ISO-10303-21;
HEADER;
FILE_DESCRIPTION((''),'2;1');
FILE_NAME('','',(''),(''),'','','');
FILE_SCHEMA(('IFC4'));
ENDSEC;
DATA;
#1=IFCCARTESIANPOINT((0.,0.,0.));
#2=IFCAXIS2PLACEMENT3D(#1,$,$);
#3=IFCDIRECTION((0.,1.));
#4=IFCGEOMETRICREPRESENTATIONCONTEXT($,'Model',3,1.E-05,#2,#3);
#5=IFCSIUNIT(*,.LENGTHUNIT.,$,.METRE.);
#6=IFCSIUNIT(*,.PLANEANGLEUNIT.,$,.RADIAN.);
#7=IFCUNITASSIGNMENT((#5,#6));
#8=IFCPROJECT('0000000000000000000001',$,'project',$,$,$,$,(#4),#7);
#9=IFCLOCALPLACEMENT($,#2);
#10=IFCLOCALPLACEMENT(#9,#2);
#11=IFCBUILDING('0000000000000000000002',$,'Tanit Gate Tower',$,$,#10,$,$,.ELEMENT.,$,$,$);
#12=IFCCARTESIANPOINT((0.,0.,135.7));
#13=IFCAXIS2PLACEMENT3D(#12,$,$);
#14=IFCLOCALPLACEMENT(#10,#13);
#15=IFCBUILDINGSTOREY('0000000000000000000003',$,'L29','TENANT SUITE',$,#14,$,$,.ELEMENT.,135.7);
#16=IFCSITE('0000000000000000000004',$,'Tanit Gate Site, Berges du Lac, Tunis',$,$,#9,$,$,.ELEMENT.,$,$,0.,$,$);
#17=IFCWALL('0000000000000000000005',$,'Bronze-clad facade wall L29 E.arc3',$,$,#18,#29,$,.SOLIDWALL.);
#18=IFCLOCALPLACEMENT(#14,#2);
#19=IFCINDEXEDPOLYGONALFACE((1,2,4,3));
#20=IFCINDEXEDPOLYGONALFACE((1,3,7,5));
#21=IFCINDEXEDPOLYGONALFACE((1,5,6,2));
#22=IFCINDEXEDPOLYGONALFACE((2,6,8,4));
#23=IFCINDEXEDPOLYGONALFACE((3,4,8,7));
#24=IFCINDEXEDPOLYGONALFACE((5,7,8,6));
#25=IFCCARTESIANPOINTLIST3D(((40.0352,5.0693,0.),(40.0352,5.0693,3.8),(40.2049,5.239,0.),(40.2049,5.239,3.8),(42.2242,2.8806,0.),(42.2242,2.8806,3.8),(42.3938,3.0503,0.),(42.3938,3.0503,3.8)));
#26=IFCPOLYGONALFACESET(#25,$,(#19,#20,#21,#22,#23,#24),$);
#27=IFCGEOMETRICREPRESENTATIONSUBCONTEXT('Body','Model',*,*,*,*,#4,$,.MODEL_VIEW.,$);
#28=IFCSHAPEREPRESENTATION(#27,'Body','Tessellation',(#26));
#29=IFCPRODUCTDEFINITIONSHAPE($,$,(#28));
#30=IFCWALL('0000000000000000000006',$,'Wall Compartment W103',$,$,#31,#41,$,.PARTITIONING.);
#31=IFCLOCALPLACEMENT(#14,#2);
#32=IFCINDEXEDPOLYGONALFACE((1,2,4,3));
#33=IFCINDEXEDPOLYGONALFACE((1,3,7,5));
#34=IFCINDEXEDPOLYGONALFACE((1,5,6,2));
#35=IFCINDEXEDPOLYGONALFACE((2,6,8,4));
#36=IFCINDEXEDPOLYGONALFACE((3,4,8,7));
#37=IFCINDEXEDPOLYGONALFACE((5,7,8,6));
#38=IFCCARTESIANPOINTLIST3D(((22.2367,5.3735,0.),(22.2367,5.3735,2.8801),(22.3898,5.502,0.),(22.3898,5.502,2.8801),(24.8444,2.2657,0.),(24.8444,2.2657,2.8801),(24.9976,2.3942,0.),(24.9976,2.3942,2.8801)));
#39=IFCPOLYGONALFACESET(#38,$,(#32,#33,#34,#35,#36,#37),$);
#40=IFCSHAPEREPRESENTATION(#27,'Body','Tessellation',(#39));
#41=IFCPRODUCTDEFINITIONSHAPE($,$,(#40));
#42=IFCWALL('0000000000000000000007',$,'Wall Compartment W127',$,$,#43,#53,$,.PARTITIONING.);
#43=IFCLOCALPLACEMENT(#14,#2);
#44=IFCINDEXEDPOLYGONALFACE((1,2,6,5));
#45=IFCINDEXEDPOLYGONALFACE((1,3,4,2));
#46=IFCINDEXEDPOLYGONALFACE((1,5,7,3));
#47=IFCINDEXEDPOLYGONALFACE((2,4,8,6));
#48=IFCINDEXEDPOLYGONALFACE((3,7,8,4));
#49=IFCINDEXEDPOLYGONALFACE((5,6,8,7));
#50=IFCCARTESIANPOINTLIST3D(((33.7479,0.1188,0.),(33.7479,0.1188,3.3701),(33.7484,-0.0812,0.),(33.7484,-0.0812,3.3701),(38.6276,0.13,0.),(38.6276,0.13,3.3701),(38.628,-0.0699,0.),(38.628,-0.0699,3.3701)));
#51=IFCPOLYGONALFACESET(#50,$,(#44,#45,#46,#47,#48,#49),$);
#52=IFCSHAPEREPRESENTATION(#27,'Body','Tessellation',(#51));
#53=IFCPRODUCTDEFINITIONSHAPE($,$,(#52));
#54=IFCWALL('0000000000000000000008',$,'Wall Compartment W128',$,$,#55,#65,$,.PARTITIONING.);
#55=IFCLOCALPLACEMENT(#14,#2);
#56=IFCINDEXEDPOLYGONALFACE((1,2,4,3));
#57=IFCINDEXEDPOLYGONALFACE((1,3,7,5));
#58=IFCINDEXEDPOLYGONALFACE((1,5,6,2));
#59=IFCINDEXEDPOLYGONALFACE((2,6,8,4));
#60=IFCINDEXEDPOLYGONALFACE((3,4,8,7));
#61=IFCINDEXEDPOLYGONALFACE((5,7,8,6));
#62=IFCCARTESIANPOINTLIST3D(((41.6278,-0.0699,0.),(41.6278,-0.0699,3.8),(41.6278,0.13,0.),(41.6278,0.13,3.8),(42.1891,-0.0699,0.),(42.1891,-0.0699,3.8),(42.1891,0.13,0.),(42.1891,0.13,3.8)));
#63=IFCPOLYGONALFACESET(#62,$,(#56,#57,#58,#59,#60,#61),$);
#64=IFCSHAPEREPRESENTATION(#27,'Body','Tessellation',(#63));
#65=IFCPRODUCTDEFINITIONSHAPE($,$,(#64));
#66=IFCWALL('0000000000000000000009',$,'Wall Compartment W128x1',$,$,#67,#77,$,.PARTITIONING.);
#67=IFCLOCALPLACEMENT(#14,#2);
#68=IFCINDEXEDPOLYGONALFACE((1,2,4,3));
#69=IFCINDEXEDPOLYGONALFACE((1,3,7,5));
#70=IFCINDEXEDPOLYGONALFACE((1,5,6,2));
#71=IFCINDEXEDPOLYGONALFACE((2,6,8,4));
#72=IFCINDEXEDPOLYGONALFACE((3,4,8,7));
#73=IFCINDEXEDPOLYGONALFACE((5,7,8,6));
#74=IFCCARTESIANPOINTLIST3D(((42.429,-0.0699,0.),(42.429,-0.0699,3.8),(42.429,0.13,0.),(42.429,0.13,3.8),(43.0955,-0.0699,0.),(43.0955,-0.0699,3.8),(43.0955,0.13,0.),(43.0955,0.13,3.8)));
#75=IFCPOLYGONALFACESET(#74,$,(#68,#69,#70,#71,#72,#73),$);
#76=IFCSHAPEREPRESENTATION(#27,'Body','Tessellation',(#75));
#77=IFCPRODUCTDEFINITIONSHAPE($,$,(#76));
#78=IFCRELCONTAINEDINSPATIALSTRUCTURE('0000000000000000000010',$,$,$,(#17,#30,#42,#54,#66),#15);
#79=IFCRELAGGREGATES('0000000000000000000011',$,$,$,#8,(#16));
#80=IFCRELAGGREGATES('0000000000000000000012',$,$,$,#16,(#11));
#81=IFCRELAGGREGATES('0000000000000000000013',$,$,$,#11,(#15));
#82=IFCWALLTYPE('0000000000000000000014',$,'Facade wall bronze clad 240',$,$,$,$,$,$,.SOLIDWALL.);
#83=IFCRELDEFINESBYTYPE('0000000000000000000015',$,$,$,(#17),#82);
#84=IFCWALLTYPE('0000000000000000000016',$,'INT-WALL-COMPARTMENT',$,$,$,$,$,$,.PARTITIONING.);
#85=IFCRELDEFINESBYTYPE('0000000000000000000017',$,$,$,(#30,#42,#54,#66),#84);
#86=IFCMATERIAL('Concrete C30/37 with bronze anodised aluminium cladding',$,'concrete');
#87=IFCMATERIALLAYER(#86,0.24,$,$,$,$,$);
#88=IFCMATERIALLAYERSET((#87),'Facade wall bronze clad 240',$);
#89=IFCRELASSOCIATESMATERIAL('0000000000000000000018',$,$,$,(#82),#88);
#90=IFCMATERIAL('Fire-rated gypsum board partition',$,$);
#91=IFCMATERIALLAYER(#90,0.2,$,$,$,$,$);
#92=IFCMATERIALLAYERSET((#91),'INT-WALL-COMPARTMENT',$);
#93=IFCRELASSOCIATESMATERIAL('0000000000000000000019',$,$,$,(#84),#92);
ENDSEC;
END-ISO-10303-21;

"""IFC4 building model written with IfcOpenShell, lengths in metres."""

from ifc_helpers import new_model, si_unit, direction, frame, frame_2d, origin, place, context, subcontext, project, spatial, rectangle, extrude, material, layer, layer_set, type_object, element, save


model = new_model("IFC4")

# Units and contexts
model_context = context("Model", 3, precision=1e-05, world=origin(), true_north=direction((0.0, 1.0)))
body_context = subcontext(model_context, "Body", "Model", "MODEL_VIEW")
ifc_project = project(units=[si_unit("LENGTHUNIT", "METRE"), si_unit("PLANEANGLEUNIT", "RADIAN")], contexts=[model_context])

# Site, building, storey
site_placement = place(None, origin())
site = spatial("IfcSite", under=ifc_project, at=site_placement, Name="Tanit Gate Site, Berges du Lac, Tunis", CompositionType="ELEMENT", RefElevation=0.0)
building_placement = place(site_placement, origin())
building = spatial("IfcBuilding", under=site, at=building_placement, Name="Tanit Gate Tower", CompositionType="ELEMENT")
storey_placement = place(building_placement, frame((0.0, 0.0, 135.7)))
storey = spatial("IfcBuildingStorey", under=building, at=storey_placement, Name="L29", Description="TENANT SUITE", CompositionType="ELEMENT", Elevation=135.7)

# Walls
ifc_material_1 = material(Name="Concrete C30/37 with bronze anodised aluminium cladding", Category="concrete")
ifc_layer_1 = layer(ifc_material_1, 0.24)
ifc_layer_set_1 = layer_set([ifc_layer_1], Name="Facade wall bronze clad 240")
wall_type_1 = type_object("IfcWallType", Name="Facade wall bronze clad 240", PredefinedType="SOLIDWALL", material=ifc_layer_set_1)
wall_1_placement = place(storey_placement, frame((42.3091, 2.9653, 0.0), z_axis=(0.0, 0.0, 1.0), x_axis=(-0.707146, 0.707067, 0.0)))
element("IfcWall", 1, at=wall_1_placement, inside=storey, type_object=wall_type_1, Name="Bronze-clad facade wall L29 E.arc3", PredefinedType="SOLIDWALL", context=body_context, shape_type="SweptSolid", body=[
    extrude(rectangle(XDim=3.0955, YDim=0.24, at=frame_2d((1.5479, 0.0))), origin(), (0.0, 0.0, 1.0), 3.8),
])
ifc_material_2 = material(Name="Fire-rated gypsum board partition")
ifc_layer_2 = layer(ifc_material_2, 0.2)
ifc_layer_set_2 = layer_set([ifc_layer_2], Name="INT-WALL-COMPARTMENT")
wall_type_2 = type_object("IfcWallType", Name="INT-WALL-COMPARTMENT", PredefinedType="PARTITIONING", material=ifc_layer_set_2)
wall_2_placement = place(storey_placement, frame((24.9209, 2.3301, 0.0), z_axis=(0.0, 0.0, 1.0), x_axis=(-0.642791, 0.766041, 0.0)))
element("IfcWall", 2, at=wall_2_placement, inside=storey, type_object=wall_type_2, Name="Wall Compartment W103", PredefinedType="PARTITIONING", context=body_context, shape_type="SweptSolid", body=[
    extrude(rectangle(XDim=4.0569, YDim=0.2, at=frame_2d((2.0283, 0.0))), origin(), (0.0, 0.0, 1.0), 2.8801),
])
wall_3_placement = place(storey_placement, frame((33.748, 0.0188, 0.0), z_axis=(0.0, 0.0, 1.0), x_axis=(0.999997, 0.002301, 0.0)))
element("IfcWall", 3, at=wall_3_placement, inside=storey, type_object=wall_type_2, Name="Wall Compartment W127", PredefinedType="PARTITIONING", context=body_context, shape_type="SweptSolid", body=[
    extrude(rectangle(XDim=4.8796, YDim=0.2, at=frame_2d((2.4399, 0.0))), origin(), (0.0, 0.0, 1.0), 3.3701),
])
wall_4_placement = place(storey_placement, frame((41.6277, 0.03, 0.0), z_axis=(0.0, 0.0, 1.0), x_axis=(1.0, 0.0, 0.0)))
element("IfcWall", 4, at=wall_4_placement, inside=storey, type_object=wall_type_2, Name="Wall Compartment W128", PredefinedType="PARTITIONING", context=body_context, shape_type="SweptSolid", body=[
    extrude(rectangle(XDim=0.5613, YDim=0.2, at=frame_2d((0.2808, 0.0))), origin(), (0.0, 0.0, 1.0), 3.8),
])
wall_5_placement = place(storey_placement, frame((42.429, 0.03, 0.0), z_axis=(0.0, 0.0, 1.0), x_axis=(1.0, 0.0, 0.0)))
element("IfcWall", 5, at=wall_5_placement, inside=storey, type_object=wall_type_2, Name="Wall Compartment W128x1", PredefinedType="PARTITIONING", context=body_context, shape_type="SweptSolid", body=[
    extrude(rectangle(XDim=0.6665, YDim=0.2, at=frame_2d((0.3333, 0.0))), origin(), (0.0, 0.0, 1.0), 3.8),
])

save(model, "model.ifc")
